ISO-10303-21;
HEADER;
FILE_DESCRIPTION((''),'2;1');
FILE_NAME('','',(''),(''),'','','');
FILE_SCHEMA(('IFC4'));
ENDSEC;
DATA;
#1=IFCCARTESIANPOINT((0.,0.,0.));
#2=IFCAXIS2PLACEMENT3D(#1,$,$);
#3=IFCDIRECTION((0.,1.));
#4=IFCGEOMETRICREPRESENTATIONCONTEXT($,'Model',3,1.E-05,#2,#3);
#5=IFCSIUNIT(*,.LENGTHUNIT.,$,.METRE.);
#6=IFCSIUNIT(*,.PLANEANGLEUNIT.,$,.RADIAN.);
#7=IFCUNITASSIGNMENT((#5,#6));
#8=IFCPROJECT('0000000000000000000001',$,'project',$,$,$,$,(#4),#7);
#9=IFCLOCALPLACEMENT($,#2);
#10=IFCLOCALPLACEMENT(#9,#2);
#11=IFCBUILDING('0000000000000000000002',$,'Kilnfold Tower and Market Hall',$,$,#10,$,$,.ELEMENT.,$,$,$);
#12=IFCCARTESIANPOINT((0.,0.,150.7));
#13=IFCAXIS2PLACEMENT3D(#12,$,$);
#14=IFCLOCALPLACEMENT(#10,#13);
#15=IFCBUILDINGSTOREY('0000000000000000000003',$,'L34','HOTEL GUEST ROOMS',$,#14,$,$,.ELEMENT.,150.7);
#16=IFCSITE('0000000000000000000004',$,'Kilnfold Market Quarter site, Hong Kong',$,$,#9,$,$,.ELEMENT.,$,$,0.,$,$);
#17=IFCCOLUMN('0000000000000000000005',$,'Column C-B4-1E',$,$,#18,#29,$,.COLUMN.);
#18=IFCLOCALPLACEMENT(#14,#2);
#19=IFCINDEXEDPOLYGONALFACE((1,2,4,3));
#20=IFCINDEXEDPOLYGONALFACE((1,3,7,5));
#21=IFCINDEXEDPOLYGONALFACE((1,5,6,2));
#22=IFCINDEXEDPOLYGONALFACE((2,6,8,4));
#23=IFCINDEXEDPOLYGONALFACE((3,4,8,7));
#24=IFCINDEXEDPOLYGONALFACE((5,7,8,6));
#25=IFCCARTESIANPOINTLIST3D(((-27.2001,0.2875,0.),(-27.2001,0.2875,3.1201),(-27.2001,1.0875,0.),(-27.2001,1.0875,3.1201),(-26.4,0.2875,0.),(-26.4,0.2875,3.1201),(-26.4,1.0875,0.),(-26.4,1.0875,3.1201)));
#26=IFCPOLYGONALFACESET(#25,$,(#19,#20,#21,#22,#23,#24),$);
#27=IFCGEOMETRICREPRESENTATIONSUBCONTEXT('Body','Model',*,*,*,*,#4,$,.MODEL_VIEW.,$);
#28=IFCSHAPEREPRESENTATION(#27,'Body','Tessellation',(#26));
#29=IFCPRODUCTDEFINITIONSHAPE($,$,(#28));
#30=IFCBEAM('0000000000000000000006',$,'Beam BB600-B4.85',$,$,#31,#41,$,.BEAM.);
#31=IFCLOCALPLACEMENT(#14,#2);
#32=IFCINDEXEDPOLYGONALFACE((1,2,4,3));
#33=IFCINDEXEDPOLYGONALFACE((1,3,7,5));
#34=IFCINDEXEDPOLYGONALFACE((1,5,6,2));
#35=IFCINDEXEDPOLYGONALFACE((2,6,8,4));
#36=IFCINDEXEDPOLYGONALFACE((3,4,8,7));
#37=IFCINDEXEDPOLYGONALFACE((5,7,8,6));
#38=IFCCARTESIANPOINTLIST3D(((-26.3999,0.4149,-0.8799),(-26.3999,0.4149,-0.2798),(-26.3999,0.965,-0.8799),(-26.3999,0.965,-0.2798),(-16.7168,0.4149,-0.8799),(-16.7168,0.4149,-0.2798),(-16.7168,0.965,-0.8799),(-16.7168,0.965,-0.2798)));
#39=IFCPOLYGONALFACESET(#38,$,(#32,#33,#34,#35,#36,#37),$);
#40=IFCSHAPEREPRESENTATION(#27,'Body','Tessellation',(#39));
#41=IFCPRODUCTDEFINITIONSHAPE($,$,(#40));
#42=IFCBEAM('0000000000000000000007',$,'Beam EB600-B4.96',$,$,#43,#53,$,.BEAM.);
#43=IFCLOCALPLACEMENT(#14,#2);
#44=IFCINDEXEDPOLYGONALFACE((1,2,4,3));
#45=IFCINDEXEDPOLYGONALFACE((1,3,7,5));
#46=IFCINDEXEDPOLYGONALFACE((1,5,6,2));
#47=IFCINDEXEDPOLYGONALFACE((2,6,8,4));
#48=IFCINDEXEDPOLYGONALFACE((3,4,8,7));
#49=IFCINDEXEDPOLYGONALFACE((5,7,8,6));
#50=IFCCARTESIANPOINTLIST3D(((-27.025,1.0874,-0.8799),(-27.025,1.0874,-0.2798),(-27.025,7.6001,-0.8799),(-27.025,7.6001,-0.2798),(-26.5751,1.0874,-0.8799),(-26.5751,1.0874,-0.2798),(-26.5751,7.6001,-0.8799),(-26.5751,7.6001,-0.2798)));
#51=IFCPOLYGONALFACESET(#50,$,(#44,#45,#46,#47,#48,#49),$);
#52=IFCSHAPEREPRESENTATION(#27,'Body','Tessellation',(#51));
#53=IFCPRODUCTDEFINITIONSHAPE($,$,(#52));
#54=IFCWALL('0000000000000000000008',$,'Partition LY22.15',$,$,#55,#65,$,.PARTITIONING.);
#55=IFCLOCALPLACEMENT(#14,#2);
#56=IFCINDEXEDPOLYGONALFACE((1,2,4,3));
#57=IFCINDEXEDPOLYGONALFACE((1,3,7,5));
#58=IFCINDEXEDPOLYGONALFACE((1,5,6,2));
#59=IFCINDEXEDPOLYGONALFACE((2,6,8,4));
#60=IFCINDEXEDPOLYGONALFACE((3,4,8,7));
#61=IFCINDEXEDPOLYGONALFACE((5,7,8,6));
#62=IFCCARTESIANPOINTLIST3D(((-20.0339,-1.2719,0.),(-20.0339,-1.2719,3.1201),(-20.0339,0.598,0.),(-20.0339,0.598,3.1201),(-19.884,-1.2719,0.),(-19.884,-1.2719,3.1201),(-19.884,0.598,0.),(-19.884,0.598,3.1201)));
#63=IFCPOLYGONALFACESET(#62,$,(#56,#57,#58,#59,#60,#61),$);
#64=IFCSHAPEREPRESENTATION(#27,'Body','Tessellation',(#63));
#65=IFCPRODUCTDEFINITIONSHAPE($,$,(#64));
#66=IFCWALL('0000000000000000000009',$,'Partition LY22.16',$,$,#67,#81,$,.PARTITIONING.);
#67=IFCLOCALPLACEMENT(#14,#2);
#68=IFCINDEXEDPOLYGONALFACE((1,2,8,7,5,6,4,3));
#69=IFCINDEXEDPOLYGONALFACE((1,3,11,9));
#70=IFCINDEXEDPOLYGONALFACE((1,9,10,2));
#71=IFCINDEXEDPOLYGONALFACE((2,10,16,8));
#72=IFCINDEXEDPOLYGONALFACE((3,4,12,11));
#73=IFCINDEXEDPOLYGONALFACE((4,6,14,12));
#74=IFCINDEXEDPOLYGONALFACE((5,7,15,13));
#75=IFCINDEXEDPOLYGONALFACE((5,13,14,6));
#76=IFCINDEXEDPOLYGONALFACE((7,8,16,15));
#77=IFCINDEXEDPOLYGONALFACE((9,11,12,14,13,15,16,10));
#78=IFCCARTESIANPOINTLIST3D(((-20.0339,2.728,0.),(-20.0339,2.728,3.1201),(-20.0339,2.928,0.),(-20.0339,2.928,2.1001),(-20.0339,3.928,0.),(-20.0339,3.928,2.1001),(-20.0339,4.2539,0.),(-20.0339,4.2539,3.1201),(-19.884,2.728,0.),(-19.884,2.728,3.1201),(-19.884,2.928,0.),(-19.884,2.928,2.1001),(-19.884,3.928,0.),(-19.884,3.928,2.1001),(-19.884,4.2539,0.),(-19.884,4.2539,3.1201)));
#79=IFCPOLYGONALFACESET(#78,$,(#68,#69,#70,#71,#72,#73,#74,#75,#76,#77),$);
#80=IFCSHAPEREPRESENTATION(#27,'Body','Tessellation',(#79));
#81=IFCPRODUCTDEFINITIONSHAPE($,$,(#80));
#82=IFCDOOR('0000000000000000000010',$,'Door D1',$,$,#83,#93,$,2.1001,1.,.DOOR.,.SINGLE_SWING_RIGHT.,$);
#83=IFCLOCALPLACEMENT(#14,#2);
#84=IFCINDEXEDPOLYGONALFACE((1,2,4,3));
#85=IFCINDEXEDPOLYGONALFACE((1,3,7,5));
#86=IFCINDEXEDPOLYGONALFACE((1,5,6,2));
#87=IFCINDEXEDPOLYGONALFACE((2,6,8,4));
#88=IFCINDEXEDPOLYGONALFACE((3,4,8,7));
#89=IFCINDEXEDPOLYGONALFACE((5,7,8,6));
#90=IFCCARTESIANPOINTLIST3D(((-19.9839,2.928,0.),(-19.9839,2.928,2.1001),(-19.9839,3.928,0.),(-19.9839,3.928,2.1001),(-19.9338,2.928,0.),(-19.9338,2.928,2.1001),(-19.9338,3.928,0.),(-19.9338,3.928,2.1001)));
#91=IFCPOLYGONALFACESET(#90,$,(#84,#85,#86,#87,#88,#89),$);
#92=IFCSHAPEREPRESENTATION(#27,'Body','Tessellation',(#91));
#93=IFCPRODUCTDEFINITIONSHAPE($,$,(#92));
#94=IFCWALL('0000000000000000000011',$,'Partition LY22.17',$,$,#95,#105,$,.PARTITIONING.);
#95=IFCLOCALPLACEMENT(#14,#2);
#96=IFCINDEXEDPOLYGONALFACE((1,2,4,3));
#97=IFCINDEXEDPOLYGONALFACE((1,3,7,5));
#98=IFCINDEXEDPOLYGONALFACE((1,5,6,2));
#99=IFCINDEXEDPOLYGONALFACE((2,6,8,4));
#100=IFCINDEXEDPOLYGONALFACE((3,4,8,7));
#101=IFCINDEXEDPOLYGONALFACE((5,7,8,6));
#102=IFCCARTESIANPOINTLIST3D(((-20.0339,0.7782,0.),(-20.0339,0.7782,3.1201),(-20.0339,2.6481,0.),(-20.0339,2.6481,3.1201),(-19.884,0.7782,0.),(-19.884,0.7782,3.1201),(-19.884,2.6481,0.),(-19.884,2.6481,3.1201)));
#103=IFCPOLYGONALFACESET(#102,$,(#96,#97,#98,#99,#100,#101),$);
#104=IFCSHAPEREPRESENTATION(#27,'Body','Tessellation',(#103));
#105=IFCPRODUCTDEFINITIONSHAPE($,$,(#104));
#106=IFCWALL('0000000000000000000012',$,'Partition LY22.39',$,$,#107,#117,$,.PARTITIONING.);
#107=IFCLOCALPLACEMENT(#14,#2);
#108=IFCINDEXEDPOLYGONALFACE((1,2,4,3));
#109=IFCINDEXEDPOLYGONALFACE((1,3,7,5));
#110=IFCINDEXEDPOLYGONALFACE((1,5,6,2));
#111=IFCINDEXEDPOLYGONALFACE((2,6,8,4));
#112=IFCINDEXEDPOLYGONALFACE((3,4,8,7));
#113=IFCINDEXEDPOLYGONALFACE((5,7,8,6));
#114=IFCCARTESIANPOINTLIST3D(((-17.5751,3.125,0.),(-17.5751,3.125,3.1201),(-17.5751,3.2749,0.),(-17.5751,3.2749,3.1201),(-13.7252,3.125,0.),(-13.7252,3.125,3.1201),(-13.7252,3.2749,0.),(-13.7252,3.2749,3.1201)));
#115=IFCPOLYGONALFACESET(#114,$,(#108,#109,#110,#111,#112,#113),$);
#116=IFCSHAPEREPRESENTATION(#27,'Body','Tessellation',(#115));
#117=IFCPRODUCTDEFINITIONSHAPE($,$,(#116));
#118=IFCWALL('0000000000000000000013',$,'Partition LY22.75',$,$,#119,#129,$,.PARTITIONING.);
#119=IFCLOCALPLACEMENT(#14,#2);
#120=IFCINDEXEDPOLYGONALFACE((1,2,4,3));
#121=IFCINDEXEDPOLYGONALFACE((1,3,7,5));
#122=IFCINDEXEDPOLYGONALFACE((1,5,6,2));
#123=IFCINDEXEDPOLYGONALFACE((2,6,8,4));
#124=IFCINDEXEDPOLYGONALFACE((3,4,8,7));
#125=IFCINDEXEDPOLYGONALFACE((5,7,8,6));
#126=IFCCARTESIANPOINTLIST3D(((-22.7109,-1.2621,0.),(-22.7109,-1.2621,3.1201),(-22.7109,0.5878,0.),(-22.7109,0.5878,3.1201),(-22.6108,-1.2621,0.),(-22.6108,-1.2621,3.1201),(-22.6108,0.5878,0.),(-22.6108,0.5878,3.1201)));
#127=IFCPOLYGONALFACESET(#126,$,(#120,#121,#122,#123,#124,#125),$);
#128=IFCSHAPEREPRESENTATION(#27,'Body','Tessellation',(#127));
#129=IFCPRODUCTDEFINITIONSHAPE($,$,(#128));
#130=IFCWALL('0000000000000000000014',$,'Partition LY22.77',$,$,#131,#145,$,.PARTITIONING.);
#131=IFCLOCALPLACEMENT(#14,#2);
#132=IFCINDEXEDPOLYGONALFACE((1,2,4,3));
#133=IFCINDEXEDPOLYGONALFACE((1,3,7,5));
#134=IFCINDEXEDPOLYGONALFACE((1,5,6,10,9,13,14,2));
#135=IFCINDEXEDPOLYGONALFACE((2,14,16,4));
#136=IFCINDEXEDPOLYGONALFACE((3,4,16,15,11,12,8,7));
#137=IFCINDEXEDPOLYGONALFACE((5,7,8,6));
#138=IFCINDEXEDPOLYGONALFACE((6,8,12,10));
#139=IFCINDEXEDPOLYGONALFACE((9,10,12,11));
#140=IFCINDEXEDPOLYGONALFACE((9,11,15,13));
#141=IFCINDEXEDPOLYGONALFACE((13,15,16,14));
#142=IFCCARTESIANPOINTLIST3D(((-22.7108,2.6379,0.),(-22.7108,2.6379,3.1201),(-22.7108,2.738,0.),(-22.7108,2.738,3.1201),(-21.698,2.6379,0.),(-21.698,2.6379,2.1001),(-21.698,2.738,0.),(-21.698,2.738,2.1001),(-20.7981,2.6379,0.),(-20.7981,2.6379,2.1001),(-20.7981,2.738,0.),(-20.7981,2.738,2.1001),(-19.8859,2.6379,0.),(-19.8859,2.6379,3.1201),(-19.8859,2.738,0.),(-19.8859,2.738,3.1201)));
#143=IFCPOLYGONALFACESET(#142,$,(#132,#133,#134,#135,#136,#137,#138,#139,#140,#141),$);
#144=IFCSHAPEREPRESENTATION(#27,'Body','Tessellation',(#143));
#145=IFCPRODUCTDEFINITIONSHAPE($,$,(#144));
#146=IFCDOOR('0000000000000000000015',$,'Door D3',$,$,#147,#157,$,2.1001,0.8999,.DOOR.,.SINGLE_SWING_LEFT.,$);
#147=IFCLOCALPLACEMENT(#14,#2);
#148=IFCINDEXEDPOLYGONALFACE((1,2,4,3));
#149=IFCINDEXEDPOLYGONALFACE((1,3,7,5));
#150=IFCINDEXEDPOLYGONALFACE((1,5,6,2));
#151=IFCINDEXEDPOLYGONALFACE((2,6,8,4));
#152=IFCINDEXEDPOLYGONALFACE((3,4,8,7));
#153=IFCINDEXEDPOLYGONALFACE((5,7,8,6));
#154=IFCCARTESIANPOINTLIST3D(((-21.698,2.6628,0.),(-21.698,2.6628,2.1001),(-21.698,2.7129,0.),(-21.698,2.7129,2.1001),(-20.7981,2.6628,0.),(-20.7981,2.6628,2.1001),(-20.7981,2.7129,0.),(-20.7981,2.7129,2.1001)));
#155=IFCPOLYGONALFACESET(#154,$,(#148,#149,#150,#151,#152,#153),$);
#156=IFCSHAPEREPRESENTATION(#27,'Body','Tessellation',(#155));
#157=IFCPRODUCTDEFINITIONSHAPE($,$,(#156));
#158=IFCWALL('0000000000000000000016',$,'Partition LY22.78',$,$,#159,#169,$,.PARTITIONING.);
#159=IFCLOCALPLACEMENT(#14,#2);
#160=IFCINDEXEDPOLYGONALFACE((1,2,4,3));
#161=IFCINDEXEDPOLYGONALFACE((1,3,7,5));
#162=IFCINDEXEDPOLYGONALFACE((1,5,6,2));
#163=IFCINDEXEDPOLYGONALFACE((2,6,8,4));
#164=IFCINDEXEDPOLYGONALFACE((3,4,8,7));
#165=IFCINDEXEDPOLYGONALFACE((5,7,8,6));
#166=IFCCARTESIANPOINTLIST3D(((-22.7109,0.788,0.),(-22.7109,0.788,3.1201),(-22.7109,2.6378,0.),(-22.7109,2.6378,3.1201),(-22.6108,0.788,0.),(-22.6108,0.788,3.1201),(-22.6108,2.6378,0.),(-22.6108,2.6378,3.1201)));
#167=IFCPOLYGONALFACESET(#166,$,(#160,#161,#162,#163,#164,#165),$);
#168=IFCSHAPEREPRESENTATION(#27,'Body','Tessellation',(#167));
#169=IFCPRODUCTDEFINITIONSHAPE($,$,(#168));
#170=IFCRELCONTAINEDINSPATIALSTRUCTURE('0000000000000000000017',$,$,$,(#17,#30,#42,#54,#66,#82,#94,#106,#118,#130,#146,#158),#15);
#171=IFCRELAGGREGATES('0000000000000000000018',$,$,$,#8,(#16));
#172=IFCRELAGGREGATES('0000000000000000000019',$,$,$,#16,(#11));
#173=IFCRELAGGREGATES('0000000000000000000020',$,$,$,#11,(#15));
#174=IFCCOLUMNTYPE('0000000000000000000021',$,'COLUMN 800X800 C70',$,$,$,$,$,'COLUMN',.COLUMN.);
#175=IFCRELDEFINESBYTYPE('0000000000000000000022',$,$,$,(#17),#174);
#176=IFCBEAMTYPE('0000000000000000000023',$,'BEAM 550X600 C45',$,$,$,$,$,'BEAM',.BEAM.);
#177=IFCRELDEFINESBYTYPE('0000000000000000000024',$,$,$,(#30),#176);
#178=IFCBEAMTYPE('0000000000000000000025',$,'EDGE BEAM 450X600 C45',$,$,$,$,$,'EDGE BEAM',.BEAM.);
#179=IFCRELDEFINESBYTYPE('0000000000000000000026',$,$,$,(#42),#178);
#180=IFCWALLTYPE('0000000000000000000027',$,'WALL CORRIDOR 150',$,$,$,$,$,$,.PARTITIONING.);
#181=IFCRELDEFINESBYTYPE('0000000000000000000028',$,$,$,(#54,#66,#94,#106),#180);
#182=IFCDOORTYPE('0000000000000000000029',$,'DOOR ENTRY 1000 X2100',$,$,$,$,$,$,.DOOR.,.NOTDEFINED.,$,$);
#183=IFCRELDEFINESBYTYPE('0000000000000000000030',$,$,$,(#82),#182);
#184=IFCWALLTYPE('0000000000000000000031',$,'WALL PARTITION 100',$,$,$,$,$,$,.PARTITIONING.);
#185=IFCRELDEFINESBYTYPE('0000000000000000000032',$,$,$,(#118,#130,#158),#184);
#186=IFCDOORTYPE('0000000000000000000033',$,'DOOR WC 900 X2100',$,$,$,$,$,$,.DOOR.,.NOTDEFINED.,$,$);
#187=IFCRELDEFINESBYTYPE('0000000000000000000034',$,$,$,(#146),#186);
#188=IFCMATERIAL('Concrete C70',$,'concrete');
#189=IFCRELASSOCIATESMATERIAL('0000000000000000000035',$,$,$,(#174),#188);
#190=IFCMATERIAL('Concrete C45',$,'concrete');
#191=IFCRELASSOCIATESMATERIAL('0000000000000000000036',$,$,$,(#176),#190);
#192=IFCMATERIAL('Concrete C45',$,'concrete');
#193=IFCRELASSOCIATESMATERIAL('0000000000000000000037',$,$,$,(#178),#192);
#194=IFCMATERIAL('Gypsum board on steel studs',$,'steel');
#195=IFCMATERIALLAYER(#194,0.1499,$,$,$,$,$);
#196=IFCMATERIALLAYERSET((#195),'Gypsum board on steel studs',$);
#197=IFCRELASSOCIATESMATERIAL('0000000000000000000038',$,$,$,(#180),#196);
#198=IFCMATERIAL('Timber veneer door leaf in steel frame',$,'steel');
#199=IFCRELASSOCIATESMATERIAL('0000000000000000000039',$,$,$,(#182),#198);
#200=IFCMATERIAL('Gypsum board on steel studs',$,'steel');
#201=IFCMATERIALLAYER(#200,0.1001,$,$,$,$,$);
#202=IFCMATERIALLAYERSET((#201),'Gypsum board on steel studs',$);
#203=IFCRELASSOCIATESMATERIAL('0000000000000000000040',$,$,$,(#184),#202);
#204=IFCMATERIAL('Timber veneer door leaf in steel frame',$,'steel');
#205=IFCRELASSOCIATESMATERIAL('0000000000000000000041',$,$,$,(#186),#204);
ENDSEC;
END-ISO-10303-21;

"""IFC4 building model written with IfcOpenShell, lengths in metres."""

from ifc_helpers import new_model, si_unit, direction, frame, frame_2d, origin, origin_2d, place, context, subcontext, project, spatial, rectangle, extrude, source, transform, mapped, material, layer, layer_set, material_profile, profile_set, type_object, element, fill, save


model = new_model("IFC4")

# Units and contexts
model_context = context("Model", 3, precision=1e-05, world=origin(), true_north=direction((0.0, 1.0)))
body_context = subcontext(model_context, "Body", "Model", "MODEL_VIEW")
ifc_project = project(units=[si_unit("LENGTHUNIT", "METRE"), si_unit("PLANEANGLEUNIT", "RADIAN")], contexts=[model_context])

# Site, building, storey
site_placement = place(None, origin())
site = spatial("IfcSite", under=ifc_project, at=site_placement, Name="Kilnfold Market Quarter site, Hong Kong", CompositionType="ELEMENT", RefElevation=0.0)
building_placement = place(site_placement, origin())
building = spatial("IfcBuilding", under=site, at=building_placement, Name="Kilnfold Tower and Market Hall", CompositionType="ELEMENT")
storey_placement = place(building_placement, frame((0.0, 0.0, 150.7)))
storey = spatial("IfcBuildingStorey", under=building, at=storey_placement, Name="L34", Description="HOTEL GUEST ROOMS", CompositionType="ELEMENT", Elevation=150.7)

# Column
ifc_material_1 = material(Name="Concrete C70", Category="concrete")
ifc_material_profile_1 = material_profile(ifc_material_1, rectangle(XDim=0.8, YDim=0.8, at=origin_2d()), Name="RC 800x800")
ifc_profile_set_1 = profile_set([ifc_material_profile_1], Name="Concrete C70")
column_type = type_object("IfcColumnType", Name="COLUMN 800X800 C70", ElementType="COLUMN", PredefinedType="COLUMN", material=ifc_profile_set_1)
shared_shape_1 = source(origin(), body_context, "Body", "SweptSolid", [
    extrude(rectangle(XDim=0.8, YDim=0.8, at=origin_2d()), origin(), (0.0, 0.0, 1.0), 3.1201),
])
column_placement = place(storey_placement, frame((-26.8, 0.6875, 0.0), z_axis=(0.0, 0.0, 1.0), x_axis=(1.0, 0.0, 0.0)))
element("IfcColumn", 1, at=column_placement, inside=storey, type_object=column_type, Name="Column C-B4-1E", PredefinedType="COLUMN", context=body_context, shape_type="MappedRepresentation", body=[
    mapped(shared_shape_1, transform((0.0, 0.0, 0.0))),
])

# Beams
ifc_material_2 = material(Name="Concrete C45", Category="concrete")
ifc_material_profile_2 = material_profile(ifc_material_2, rectangle(XDim=0.55, YDim=0.6001, at=origin_2d()), Name="RC 550x600")
ifc_profile_set_2 = profile_set([ifc_material_profile_2], Name="Concrete C45")
beam_type_1 = type_object("IfcBeamType", Name="BEAM 550X600 C45", ElementType="BEAM", PredefinedType="BEAM", material=ifc_profile_set_2)
shared_shape_2 = source(origin(), body_context, "Body", "SweptSolid", [
    extrude(rectangle(XDim=0.55, YDim=0.6001, at=origin_2d()), origin(), (0.0, 0.0, 1.0), 9.6831),
])
beam_1_placement = place(storey_placement, frame((-26.3999, 0.6899, -0.5798), z_axis=(1.0, 0.0, 0.0), x_axis=(0.0, 1.0, 0.0)))
element("IfcBeam", 2, at=beam_1_placement, inside=storey, type_object=beam_type_1, Name="Beam BB600-B4.85", PredefinedType="BEAM", context=body_context, shape_type="MappedRepresentation", body=[
    mapped(shared_shape_2, transform((0.0, 0.0, 0.0))),
])
ifc_material_3 = material(Name="Concrete C45", Category="concrete")
ifc_material_profile_3 = material_profile(ifc_material_3, rectangle(XDim=0.45, YDim=0.6001, at=origin_2d()), Name="RC 450x600")
ifc_profile_set_3 = profile_set([ifc_material_profile_3], Name="Concrete C45")
beam_type_2 = type_object("IfcBeamType", Name="EDGE BEAM 450X600 C45", ElementType="EDGE BEAM", PredefinedType="BEAM", material=ifc_profile_set_3)
shared_shape_3 = source(origin(), body_context, "Body", "SweptSolid", [
    extrude(rectangle(XDim=0.45, YDim=0.6001, at=origin_2d()), origin(), (0.0, 0.0, 1.0), 6.5127),
])
beam_2_placement = place(storey_placement, frame((-26.8, 1.0874, -0.5798), z_axis=(0.0, 1.0, 0.0), x_axis=(-1.0, 0.0, 0.0)))
element("IfcBeam", 3, at=beam_2_placement, inside=storey, type_object=beam_type_2, Name="Beam EB600-B4.96", PredefinedType="BEAM", context=body_context, shape_type="MappedRepresentation", body=[
    mapped(shared_shape_3, transform((0.0, 0.0, 0.0))),
])

# Wall
ifc_material_4 = material(Name="Gypsum board on steel studs", Category="steel")
ifc_layer_1 = layer(ifc_material_4, 0.1499)
ifc_layer_set_1 = layer_set([ifc_layer_1], Name="Gypsum board on steel studs")
wall_type_1 = type_object("IfcWallType", Name="WALL CORRIDOR 150", PredefinedType="PARTITIONING", material=ifc_layer_set_1)
wall_1_placement = place(storey_placement, frame((-19.959, -1.272, 0.0), z_axis=(0.0, 0.0, 1.0), x_axis=(0.0, 1.0, 0.0)))
element("IfcWall", 4, at=wall_1_placement, inside=storey, type_object=wall_type_1, Name="Partition LY22.15", PredefinedType="PARTITIONING", context=body_context, shape_type="SweptSolid", body=[
    extrude(rectangle(XDim=1.8699, YDim=0.1499, at=frame_2d((0.9351, 0.0))), origin(), (0.0, 0.0, 1.0), 3.1201),
])

# Wall, opening, door
wall_2_placement = place(storey_placement, frame((-19.959, 2.728, 0.0), z_axis=(0.0, 0.0, 1.0), x_axis=(0.0, 1.0, 0.0)))
wall_2 = element("IfcWall", 5, at=wall_2_placement, inside=storey, type_object=wall_type_1, Name="Partition LY22.16", PredefinedType="PARTITIONING", context=body_context, shape_type="SweptSolid", body=[
    extrude(rectangle(XDim=1.5259, YDim=0.1499, at=frame_2d((0.7629, 0.0))), origin(), (0.0, 0.0, 1.0), 3.1201),
])
opening_1_placement = place(wall_2_placement, frame((0.2, 0.0, 0.0)))
opening_1 = element("IfcOpeningElement", 6, at=opening_1_placement, cuts=wall_2, PredefinedType="OPENING", context=body_context, shape_type="SweptSolid", body=[
    extrude(rectangle(XDim=1.0, YDim=2.1001, at=frame_2d((0.5, 1.05))), frame((0.0, 0.085, 0.0), z_axis=(0.0, -1.0, 0.0), x_axis=(1.0, 0.0, 0.0)), (0.0, 0.0, 1.0), 0.1699),
])
ifc_material_5 = material(Name="Timber veneer door leaf in steel frame", Category="steel")
door_type_1 = type_object("IfcDoorType", Name="DOOR ENTRY 1000 X2100", OperationType="NOTDEFINED", PredefinedType="DOOR", material=ifc_material_5)
door_1_placement = place(opening_1_placement, origin())
door_1 = element("IfcDoor", 7, at=door_1_placement, inside=storey, type_object=door_type_1, Name="Door D1", OperationType="SINGLE_SWING_RIGHT", OverallHeight=2.1001, OverallWidth=1.0, PredefinedType="DOOR", context=body_context, shape_type="SweptSolid", body=[
    extrude(rectangle(XDim=1.0, YDim=2.1001, at=frame_2d((0.5, 1.05))), frame((0.0, 0.0249, 0.0), z_axis=(0.0, -1.0, 0.0), x_axis=(1.0, 0.0, 0.0)), (0.0, 0.0, 1.0), 0.05),
])
fill(opening_1, door_1)

# Walls
wall_3_placement = place(storey_placement, frame((-19.959, 0.7781, 0.0), z_axis=(0.0, 0.0, 1.0), x_axis=(0.0, 1.0, 0.0)))
element("IfcWall", 8, at=wall_3_placement, inside=storey, type_object=wall_type_1, Name="Partition LY22.17", PredefinedType="PARTITIONING", context=body_context, shape_type="SweptSolid", body=[
    extrude(rectangle(XDim=1.8699, YDim=0.1499, at=frame_2d((0.9351, 0.0))), origin(), (0.0, 0.0, 1.0), 3.1201),
])
wall_4_placement = place(storey_placement, frame((-17.575, 3.2, 0.0), z_axis=(0.0, 0.0, 1.0), x_axis=(1.0, 0.0, 0.0)))
element("IfcWall", 9, at=wall_4_placement, inside=storey, type_object=wall_type_1, Name="Partition LY22.39", PredefinedType="PARTITIONING", context=body_context, shape_type="SweptSolid", body=[
    extrude(rectangle(XDim=3.8499, YDim=0.1499, at=frame_2d((1.9248, 0.0))), origin(), (0.0, 0.0, 1.0), 3.1201),
])
ifc_material_6 = material(Name="Gypsum board on steel studs", Category="steel")
ifc_layer_2 = layer(ifc_material_6, 0.1001)
ifc_layer_set_2 = layer_set([ifc_layer_2], Name="Gypsum board on steel studs")
wall_type_2 = type_object("IfcWallType", Name="WALL PARTITION 100", PredefinedType="PARTITIONING", material=ifc_layer_set_2)
wall_5_placement = place(storey_placement, frame((-22.6609, -1.262, 0.0), z_axis=(0.0, 0.0, 1.0), x_axis=(0.0, 1.0, 0.0)))
element("IfcWall", 10, at=wall_5_placement, inside=storey, type_object=wall_type_2, Name="Partition LY22.75", PredefinedType="PARTITIONING", context=body_context, shape_type="SweptSolid", body=[
    extrude(rectangle(XDim=1.8499, YDim=0.1001, at=frame_2d((0.9248, 0.0))), origin(), (0.0, 0.0, 1.0), 3.1201),
])

# Wall, opening, door
wall_6_placement = place(storey_placement, frame((-22.7109, 2.688, 0.0), z_axis=(0.0, 0.0, 1.0), x_axis=(1.0, 0.0, 0.0)))
wall_6 = element("IfcWall", 11, at=wall_6_placement, inside=storey, type_object=wall_type_2, Name="Partition LY22.77", PredefinedType="PARTITIONING", context=body_context, shape_type="SweptSolid", body=[
    extrude(rectangle(XDim=2.825, YDim=0.1001, at=frame_2d((1.4126, 0.0))), origin(), (0.0, 0.0, 1.0), 3.1201),
])
opening_2_placement = place(wall_6_placement, frame((1.0129, 0.0, 0.0)))
opening_2 = element("IfcOpeningElement", 12, at=opening_2_placement, cuts=wall_6, PredefinedType="OPENING", context=body_context, shape_type="SweptSolid", body=[
    extrude(rectangle(XDim=0.8999, YDim=2.1001, at=frame_2d((0.45, 1.05))), frame((0.0, 0.0601, 0.0), z_axis=(0.0, -1.0, 0.0), x_axis=(1.0, 0.0, 0.0)), (0.0, 0.0, 1.0), 0.1201),
])
ifc_material_7 = material(Name="Timber veneer door leaf in steel frame", Category="steel")
door_type_2 = type_object("IfcDoorType", Name="DOOR WC 900 X2100", OperationType="NOTDEFINED", PredefinedType="DOOR", material=ifc_material_7)
door_2_placement = place(opening_2_placement, origin())
door_2 = element("IfcDoor", 13, at=door_2_placement, inside=storey, type_object=door_type_2, Name="Door D3", OperationType="SINGLE_SWING_LEFT", OverallHeight=2.1001, OverallWidth=0.8999, PredefinedType="DOOR", context=body_context, shape_type="SweptSolid", body=[
    extrude(rectangle(XDim=0.8999, YDim=2.1001, at=frame_2d((0.45, 1.05))), frame((0.0, 0.0249, 0.0), z_axis=(0.0, -1.0, 0.0), x_axis=(1.0, 0.0, 0.0)), (0.0, 0.0, 1.0), 0.05),
])
fill(opening_2, door_2)

# Wall
wall_7_placement = place(storey_placement, frame((-22.6609, 0.7881, 0.0), z_axis=(0.0, 0.0, 1.0), x_axis=(0.0, 1.0, 0.0)))
element("IfcWall", 14, at=wall_7_placement, inside=storey, type_object=wall_type_2, Name="Partition LY22.78", PredefinedType="PARTITIONING", context=body_context, shape_type="SweptSolid", body=[
    extrude(rectangle(XDim=1.8499, YDim=0.1001, at=frame_2d((0.9248, 0.0))), origin(), (0.0, 0.0, 1.0), 3.1201),
])

save(model, "model.ifc")
